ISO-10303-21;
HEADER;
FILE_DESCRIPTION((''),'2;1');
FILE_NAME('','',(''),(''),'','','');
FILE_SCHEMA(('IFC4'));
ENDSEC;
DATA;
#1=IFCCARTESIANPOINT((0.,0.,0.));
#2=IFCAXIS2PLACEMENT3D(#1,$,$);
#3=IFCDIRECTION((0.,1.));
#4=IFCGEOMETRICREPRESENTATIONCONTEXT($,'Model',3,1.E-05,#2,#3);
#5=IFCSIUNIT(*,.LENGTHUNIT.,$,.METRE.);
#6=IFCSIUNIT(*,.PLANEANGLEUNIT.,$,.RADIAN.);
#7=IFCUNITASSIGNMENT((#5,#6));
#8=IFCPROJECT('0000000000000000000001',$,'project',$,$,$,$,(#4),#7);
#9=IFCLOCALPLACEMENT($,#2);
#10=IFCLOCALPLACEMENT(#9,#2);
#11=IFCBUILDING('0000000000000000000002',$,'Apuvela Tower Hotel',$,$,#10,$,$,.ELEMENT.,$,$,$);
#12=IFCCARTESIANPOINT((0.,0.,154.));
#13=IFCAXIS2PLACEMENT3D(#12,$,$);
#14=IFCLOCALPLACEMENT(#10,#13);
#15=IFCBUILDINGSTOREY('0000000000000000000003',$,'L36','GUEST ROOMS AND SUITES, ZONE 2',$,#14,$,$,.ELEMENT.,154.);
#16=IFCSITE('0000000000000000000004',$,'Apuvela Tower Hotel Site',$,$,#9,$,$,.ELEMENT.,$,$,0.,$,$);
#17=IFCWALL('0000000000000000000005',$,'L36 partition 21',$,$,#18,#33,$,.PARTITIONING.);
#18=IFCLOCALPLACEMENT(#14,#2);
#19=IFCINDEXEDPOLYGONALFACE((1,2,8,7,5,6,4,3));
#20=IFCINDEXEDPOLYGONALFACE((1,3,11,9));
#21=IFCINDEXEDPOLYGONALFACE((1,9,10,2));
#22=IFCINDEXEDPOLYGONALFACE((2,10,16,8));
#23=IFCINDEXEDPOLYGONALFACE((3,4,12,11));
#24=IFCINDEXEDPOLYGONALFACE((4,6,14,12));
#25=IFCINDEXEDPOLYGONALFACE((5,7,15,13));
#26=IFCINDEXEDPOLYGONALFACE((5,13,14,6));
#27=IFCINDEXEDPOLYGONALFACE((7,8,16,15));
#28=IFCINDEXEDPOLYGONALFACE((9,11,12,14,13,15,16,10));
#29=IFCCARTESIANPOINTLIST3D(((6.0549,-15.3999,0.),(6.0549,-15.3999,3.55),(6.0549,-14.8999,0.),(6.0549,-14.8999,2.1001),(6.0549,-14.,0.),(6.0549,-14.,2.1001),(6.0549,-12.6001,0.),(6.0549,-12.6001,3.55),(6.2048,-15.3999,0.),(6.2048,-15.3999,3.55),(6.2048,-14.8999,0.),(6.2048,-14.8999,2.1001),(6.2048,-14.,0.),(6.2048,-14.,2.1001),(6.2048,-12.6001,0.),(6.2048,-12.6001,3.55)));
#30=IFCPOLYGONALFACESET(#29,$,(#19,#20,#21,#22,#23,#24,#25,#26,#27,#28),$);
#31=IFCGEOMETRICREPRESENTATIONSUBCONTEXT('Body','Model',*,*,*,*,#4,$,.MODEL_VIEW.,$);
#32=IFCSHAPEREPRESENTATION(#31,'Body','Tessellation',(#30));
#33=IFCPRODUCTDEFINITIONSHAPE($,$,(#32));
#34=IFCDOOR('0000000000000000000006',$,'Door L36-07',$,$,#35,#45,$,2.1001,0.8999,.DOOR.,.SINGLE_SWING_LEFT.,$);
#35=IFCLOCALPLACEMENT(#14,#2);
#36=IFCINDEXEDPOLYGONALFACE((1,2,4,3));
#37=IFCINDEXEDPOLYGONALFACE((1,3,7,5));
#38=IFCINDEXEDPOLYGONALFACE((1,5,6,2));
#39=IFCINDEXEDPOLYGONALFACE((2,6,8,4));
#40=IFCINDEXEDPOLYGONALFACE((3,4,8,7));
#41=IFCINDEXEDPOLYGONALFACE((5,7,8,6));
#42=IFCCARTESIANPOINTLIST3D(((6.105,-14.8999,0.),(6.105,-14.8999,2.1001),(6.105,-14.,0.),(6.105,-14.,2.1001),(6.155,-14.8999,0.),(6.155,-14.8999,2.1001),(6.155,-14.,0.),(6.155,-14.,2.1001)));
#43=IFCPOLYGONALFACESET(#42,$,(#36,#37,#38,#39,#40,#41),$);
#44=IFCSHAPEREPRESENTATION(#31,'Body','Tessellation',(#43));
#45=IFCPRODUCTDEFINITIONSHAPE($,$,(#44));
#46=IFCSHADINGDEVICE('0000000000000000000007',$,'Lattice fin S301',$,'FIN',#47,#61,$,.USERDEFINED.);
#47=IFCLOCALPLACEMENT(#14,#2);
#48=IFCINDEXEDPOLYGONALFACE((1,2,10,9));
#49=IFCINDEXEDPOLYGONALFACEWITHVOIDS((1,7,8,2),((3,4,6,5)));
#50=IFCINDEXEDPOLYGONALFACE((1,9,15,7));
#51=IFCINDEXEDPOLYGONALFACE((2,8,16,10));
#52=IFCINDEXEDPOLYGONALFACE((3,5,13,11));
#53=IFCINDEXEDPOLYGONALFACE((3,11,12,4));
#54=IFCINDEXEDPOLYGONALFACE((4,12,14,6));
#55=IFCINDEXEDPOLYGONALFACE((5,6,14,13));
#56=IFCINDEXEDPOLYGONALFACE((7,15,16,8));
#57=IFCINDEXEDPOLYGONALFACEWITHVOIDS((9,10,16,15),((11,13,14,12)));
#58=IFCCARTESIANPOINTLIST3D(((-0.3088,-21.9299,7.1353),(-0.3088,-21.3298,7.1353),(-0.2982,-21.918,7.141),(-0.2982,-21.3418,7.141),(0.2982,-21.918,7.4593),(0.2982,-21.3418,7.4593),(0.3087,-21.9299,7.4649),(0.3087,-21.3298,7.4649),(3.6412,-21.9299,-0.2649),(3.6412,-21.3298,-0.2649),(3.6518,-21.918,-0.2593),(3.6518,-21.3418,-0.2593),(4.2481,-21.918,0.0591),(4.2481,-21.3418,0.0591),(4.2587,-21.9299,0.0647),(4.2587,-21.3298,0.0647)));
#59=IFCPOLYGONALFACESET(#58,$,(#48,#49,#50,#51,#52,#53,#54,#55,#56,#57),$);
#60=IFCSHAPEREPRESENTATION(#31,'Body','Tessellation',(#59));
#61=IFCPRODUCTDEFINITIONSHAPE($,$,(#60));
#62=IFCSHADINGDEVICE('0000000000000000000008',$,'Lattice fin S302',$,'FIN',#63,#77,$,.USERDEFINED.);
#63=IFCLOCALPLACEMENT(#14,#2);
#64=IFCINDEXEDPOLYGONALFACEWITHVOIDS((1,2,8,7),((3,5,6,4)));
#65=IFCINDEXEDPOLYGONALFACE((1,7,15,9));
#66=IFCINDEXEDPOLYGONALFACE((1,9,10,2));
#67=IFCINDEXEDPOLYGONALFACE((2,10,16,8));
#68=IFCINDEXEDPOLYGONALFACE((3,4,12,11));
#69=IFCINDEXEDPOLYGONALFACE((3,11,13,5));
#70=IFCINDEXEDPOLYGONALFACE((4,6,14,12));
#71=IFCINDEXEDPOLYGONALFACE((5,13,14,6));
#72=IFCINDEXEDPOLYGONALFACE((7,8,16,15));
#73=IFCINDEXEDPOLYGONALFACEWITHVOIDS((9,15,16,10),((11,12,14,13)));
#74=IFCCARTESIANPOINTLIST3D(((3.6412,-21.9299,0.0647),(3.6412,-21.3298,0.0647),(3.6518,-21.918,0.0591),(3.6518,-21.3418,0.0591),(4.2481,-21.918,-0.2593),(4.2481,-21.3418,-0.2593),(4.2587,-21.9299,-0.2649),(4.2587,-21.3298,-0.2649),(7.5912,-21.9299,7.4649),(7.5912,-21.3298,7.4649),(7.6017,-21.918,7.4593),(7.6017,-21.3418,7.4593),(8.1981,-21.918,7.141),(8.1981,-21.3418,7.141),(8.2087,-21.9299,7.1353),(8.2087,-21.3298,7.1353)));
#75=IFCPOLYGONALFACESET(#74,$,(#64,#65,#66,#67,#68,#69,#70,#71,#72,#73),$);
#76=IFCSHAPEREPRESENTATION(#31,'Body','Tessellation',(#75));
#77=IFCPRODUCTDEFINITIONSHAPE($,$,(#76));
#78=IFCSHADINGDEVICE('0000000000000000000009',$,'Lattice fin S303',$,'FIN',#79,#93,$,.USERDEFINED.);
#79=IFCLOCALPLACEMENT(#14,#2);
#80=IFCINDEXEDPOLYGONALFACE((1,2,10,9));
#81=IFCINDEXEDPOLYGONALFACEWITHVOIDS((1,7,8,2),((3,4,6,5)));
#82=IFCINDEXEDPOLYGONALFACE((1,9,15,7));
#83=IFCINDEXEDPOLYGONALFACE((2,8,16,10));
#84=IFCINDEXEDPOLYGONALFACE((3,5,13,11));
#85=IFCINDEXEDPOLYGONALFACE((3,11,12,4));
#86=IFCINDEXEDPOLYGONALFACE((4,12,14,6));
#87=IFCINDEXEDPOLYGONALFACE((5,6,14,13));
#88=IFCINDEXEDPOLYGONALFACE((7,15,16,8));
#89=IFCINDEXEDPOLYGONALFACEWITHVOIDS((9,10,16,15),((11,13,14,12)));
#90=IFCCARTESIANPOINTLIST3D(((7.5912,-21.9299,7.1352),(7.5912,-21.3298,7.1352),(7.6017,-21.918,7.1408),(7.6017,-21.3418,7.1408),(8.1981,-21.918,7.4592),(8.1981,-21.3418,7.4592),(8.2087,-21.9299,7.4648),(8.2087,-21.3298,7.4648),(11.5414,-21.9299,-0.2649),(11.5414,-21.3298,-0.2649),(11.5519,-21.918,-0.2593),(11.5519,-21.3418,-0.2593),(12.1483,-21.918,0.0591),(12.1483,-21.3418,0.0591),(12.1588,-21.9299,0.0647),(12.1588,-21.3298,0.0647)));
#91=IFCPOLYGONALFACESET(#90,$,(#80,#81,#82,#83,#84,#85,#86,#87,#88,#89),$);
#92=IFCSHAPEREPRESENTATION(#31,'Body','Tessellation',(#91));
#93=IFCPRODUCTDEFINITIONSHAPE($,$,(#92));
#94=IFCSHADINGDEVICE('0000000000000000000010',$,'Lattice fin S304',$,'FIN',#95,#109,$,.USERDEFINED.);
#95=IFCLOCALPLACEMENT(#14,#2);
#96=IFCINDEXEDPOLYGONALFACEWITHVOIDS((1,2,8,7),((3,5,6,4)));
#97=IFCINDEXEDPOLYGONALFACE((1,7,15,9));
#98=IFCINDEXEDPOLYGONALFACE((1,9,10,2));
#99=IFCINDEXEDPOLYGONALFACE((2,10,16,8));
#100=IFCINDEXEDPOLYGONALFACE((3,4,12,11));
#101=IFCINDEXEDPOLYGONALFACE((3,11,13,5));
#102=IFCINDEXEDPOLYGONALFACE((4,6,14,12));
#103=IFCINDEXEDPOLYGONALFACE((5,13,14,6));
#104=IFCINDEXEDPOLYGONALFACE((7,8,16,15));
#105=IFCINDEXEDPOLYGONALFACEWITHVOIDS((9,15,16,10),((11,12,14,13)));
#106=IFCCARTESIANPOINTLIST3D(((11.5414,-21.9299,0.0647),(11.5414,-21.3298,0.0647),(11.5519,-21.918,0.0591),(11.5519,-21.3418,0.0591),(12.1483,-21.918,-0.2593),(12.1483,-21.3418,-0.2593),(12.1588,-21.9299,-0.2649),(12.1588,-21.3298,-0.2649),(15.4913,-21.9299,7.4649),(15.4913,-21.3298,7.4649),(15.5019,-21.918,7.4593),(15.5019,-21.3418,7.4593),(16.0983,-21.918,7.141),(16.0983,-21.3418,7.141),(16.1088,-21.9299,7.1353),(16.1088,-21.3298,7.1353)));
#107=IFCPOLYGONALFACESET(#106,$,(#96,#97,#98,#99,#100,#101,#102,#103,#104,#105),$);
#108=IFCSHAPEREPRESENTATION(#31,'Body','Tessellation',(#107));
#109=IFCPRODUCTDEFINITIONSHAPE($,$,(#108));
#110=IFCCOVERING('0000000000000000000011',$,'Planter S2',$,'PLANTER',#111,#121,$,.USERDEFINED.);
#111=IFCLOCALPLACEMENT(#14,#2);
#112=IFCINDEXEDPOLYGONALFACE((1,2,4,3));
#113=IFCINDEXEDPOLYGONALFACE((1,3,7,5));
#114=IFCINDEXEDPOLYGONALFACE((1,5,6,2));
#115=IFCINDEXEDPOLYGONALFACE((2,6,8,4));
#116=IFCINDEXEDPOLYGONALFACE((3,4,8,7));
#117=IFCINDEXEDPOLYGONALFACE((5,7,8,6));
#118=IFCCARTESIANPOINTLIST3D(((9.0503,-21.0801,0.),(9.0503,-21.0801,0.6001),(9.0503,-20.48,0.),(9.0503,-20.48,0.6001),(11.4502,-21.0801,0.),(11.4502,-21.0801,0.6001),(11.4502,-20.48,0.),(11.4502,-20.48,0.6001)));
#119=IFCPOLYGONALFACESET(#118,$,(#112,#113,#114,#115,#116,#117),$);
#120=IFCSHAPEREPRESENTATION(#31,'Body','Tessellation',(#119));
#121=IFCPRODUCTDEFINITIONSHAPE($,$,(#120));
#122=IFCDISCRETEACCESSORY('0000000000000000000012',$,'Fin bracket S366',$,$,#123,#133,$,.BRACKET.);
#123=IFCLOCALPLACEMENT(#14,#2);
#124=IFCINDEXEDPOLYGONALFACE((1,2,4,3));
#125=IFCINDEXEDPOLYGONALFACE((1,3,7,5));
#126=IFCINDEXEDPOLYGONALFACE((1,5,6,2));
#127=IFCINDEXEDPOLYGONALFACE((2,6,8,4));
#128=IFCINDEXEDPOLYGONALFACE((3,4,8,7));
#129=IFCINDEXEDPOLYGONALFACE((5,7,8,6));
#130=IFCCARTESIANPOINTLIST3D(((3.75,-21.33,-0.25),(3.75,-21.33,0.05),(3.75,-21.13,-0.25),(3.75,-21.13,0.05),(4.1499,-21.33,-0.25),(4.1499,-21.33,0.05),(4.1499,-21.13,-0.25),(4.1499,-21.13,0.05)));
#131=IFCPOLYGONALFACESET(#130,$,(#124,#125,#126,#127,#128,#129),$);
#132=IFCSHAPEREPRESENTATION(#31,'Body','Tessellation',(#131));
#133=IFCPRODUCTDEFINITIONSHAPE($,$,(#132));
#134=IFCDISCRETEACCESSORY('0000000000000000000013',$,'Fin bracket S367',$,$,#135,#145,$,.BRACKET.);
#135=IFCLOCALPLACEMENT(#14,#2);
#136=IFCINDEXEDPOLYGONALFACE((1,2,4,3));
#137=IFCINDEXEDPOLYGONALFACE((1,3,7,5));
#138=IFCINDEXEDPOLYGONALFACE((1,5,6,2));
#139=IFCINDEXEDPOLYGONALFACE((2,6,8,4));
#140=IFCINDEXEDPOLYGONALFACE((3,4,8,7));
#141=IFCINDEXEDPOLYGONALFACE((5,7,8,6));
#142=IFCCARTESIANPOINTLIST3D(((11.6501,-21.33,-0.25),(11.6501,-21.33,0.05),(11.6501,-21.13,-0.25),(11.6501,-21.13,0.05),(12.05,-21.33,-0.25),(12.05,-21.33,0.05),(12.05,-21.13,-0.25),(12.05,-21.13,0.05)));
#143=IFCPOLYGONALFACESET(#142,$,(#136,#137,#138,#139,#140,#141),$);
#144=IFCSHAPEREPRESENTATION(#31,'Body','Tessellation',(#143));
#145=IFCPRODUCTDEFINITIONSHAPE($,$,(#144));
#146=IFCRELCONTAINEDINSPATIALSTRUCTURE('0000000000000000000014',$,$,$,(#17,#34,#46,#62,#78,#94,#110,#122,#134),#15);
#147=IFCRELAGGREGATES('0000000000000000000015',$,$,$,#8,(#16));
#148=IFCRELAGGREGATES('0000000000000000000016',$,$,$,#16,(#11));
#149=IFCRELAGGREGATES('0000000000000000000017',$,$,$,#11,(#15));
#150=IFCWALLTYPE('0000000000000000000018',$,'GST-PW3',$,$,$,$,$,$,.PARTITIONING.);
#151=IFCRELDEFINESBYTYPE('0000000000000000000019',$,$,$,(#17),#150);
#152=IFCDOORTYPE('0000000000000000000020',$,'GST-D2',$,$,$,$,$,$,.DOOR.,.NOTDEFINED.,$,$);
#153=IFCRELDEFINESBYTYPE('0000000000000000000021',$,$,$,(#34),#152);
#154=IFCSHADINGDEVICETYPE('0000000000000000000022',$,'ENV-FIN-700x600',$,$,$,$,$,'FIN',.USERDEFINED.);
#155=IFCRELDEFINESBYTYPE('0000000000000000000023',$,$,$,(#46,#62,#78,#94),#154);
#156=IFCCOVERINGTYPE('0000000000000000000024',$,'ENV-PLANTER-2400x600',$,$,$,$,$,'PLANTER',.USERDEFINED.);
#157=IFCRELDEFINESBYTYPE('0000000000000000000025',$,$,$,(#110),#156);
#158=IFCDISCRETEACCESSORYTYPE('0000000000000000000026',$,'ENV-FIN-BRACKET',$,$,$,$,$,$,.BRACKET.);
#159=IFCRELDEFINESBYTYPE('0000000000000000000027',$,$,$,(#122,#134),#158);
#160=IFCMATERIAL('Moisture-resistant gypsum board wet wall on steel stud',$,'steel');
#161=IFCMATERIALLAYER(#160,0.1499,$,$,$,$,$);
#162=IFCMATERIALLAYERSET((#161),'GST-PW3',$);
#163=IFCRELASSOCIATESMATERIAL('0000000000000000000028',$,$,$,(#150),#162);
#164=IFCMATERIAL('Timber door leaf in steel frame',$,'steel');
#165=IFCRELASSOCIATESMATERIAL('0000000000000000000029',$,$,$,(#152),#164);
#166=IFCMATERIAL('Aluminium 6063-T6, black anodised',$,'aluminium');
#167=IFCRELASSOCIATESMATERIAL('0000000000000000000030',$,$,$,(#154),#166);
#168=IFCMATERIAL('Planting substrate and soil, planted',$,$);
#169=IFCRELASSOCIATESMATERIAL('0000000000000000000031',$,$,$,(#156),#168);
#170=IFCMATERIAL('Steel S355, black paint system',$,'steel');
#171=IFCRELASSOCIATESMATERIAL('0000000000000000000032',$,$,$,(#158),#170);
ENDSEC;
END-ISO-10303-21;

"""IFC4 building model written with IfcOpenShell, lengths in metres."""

from ifc_helpers import new_model, si_unit, direction, frame, frame_2d, origin, origin_2d, place, context, subcontext, project, spatial, rectangle, hollow_rectangle, extrude, material, layer, layer_set, material_profile, profile_set, type_object, element, fill, save


model = new_model("IFC4")

# Units and contexts
model_context = context("Model", 3, precision=1e-05, world=origin(), true_north=direction((0.0, 1.0)))
body_context = subcontext(model_context, "Body", "Model", "MODEL_VIEW")
ifc_project = project(units=[si_unit("LENGTHUNIT", "METRE"), si_unit("PLANEANGLEUNIT", "RADIAN")], contexts=[model_context])

# Site, building, storey
site_placement = place(None, origin())
site = spatial("IfcSite", under=ifc_project, at=site_placement, Name="Apuvela Tower Hotel Site", CompositionType="ELEMENT", RefElevation=0.0)
building_placement = place(site_placement, origin())
building = spatial("IfcBuilding", under=site, at=building_placement, Name="Apuvela Tower Hotel", CompositionType="ELEMENT")
storey_placement = place(building_placement, frame((0.0, 0.0, 154.0)))
storey = spatial("IfcBuildingStorey", under=building, at=storey_placement, Name="L36", Description="GUEST ROOMS AND SUITES, ZONE 2", CompositionType="ELEMENT", Elevation=154.0)

# Shared definitions
ifc_material_1 = material(Name="Moisture-resistant gypsum board wet wall on steel stud", Category="steel")
ifc_layer_1 = layer(ifc_material_1, 0.1499)
ifc_layer_set_1 = layer_set([ifc_layer_1], Name="GST-PW3")
wall_type_1 = type_object("IfcWallType", Name="GST-PW3", PredefinedType="PARTITIONING", material=ifc_layer_set_1)

# Wall, opening, door
wall_1_placement = place(storey_placement, frame((6.1299, -15.3999, 0.0), z_axis=(0.0, 0.0, 1.0), x_axis=(0.0, 1.0, 0.0)))
wall_1 = element("IfcWall", 1, at=wall_1_placement, inside=storey, type_object=wall_type_1, Name="L36 partition 21", PredefinedType="PARTITIONING", context=body_context, shape_type="SweptSolid", body=[
    extrude(rectangle(XDim=2.7998, YDim=0.1499, at=frame_2d((1.3999, 0.0))), origin(), (0.0, 0.0, 1.0), 3.55),
])
opening_1_placement = place(wall_1_placement, frame((0.5, 0.0, 0.0)))
opening_1 = element("IfcOpeningElement", 2, at=opening_1_placement, cuts=wall_1, PredefinedType="OPENING", context=body_context, shape_type="SweptSolid", body=[
    extrude(rectangle(XDim=0.8999, YDim=2.1001, at=frame_2d((0.45, 1.05))), frame((0.0, 0.085, 0.0), z_axis=(0.0, -1.0, 0.0), x_axis=(1.0, 0.0, 0.0)), (0.0, 0.0, 1.0), 0.1699),
])
ifc_material_2 = material(Name="Timber door leaf in steel frame", Category="steel")
door_type_1 = type_object("IfcDoorType", Name="GST-D2", OperationType="NOTDEFINED", PredefinedType="DOOR", material=ifc_material_2)
door_1_placement = place(opening_1_placement, origin())
door_1 = element("IfcDoor", 3, at=door_1_placement, inside=storey, type_object=door_type_1, Name="Door L36-07", OperationType="SINGLE_SWING_LEFT", OverallHeight=2.1001, OverallWidth=0.8999, PredefinedType="DOOR", context=body_context, shape_type="SweptSolid", body=[
    extrude(rectangle(XDim=0.8999, YDim=2.1001, at=frame_2d((0.45, 1.05))), frame((0.0, 0.0249, 0.0), z_axis=(0.0, -1.0, 0.0), x_axis=(1.0, 0.0, 0.0)), (0.0, 0.0, 1.0), 0.05),
])
fill(opening_1, door_1)

# Shading devices
ifc_material_3 = material(Name="Aluminium 6063-T6, black anodised", Category="aluminium")
ifc_material_profile_1 = material_profile(ifc_material_3, hollow_rectangle(XDim=0.6001, YDim=0.7, WallThickness=0.012, at=origin_2d()), Name="AL BOX 700x600x12")
ifc_profile_set_1 = profile_set([ifc_material_profile_1], Name="Aluminium 6063-T6, black anodised")
shading_device_type = type_object("IfcShadingDeviceType", Name="ENV-FIN-700x600", ElementType="FIN", PredefinedType="USERDEFINED", material=ifc_profile_set_1)
for number, where, z_axis, x_axis, name in (
    (4, (3.95, -21.6299, -0.1001), (-0.470886, 0.0, 0.882194), (0.0, -1.0, 0.0), "Lattice fin S301"),
    (5, (3.95, -21.6299, -0.1001), (0.470886, 0.0, 0.882194), (0.0, 1.0, 0.0), "Lattice fin S302"),
    (6, (11.8501, -21.6299, -0.1001), (-0.470908, 0.0, 0.882182), (0.0, -1.0, 0.0), "Lattice fin S303"),
    (7, (11.8501, -21.6299, -0.1001), (0.470886, 0.0, 0.882194), (0.0, 1.0, 0.0), "Lattice fin S304"),
):
    element("IfcShadingDevice", number, at=place(storey_placement, frame(where, z_axis=z_axis, x_axis=x_axis)), inside=storey, type_object=shading_device_type, Name=name, ObjectType="FIN", PredefinedType="USERDEFINED", context=body_context, shape_type="SweptSolid", body=[
        extrude(hollow_rectangle(XDim=0.6001, YDim=0.7, WallThickness=0.012, at=origin_2d()), origin(), (0.0, 0.0, 1.0), 8.3884),
    ])

# Covering
ifc_material_4 = material(Name="Planting substrate and soil, planted")
covering_type = type_object("IfcCoveringType", Name="ENV-PLANTER-2400x600", ElementType="PLANTER", PredefinedType="USERDEFINED", material=ifc_material_4)
covering_placement = place(storey_placement, frame((10.2502, -20.78, 0.0), z_axis=(0.0, 0.0, 1.0), x_axis=(1.0, 0.0, 0.0)))
element("IfcCovering", 8, at=covering_placement, inside=storey, type_object=covering_type, Name="Planter S2", ObjectType="PLANTER", PredefinedType="USERDEFINED", context=body_context, shape_type="SweptSolid", body=[
    extrude(rectangle(XDim=2.3999, YDim=0.6001, at=origin_2d()), origin(), (0.0, 0.0, 1.0), 0.6001),
])

# Discrete accessories
ifc_material_5 = material(Name="Steel S355, black paint system", Category="steel")
discrete_accessory_type = type_object("IfcDiscreteAccessoryType", Name="ENV-FIN-BRACKET", PredefinedType="BRACKET", material=ifc_material_5)
for number, where, z_axis, x_axis, name in (
    (9, (3.95, -21.23, -0.25), (0.0, 0.0, 1.0), (1.0, 0.0, 0.0), "Fin bracket S366"),
    (10, (11.8501, -21.23, -0.25), (0.0, 0.0, 1.0), (1.0, 0.0, 0.0), "Fin bracket S367"),
):
    element("IfcDiscreteAccessory", number, at=place(storey_placement, frame(where, z_axis=z_axis, x_axis=x_axis)), inside=storey, type_object=discrete_accessory_type, Name=name, PredefinedType="BRACKET", context=body_context, shape_type="SweptSolid", body=[
        extrude(rectangle(XDim=0.3999, YDim=0.2, at=origin_2d()), origin(), (0.0, 0.0, 1.0), 0.3),
    ])

save(model, "model.ifc")
